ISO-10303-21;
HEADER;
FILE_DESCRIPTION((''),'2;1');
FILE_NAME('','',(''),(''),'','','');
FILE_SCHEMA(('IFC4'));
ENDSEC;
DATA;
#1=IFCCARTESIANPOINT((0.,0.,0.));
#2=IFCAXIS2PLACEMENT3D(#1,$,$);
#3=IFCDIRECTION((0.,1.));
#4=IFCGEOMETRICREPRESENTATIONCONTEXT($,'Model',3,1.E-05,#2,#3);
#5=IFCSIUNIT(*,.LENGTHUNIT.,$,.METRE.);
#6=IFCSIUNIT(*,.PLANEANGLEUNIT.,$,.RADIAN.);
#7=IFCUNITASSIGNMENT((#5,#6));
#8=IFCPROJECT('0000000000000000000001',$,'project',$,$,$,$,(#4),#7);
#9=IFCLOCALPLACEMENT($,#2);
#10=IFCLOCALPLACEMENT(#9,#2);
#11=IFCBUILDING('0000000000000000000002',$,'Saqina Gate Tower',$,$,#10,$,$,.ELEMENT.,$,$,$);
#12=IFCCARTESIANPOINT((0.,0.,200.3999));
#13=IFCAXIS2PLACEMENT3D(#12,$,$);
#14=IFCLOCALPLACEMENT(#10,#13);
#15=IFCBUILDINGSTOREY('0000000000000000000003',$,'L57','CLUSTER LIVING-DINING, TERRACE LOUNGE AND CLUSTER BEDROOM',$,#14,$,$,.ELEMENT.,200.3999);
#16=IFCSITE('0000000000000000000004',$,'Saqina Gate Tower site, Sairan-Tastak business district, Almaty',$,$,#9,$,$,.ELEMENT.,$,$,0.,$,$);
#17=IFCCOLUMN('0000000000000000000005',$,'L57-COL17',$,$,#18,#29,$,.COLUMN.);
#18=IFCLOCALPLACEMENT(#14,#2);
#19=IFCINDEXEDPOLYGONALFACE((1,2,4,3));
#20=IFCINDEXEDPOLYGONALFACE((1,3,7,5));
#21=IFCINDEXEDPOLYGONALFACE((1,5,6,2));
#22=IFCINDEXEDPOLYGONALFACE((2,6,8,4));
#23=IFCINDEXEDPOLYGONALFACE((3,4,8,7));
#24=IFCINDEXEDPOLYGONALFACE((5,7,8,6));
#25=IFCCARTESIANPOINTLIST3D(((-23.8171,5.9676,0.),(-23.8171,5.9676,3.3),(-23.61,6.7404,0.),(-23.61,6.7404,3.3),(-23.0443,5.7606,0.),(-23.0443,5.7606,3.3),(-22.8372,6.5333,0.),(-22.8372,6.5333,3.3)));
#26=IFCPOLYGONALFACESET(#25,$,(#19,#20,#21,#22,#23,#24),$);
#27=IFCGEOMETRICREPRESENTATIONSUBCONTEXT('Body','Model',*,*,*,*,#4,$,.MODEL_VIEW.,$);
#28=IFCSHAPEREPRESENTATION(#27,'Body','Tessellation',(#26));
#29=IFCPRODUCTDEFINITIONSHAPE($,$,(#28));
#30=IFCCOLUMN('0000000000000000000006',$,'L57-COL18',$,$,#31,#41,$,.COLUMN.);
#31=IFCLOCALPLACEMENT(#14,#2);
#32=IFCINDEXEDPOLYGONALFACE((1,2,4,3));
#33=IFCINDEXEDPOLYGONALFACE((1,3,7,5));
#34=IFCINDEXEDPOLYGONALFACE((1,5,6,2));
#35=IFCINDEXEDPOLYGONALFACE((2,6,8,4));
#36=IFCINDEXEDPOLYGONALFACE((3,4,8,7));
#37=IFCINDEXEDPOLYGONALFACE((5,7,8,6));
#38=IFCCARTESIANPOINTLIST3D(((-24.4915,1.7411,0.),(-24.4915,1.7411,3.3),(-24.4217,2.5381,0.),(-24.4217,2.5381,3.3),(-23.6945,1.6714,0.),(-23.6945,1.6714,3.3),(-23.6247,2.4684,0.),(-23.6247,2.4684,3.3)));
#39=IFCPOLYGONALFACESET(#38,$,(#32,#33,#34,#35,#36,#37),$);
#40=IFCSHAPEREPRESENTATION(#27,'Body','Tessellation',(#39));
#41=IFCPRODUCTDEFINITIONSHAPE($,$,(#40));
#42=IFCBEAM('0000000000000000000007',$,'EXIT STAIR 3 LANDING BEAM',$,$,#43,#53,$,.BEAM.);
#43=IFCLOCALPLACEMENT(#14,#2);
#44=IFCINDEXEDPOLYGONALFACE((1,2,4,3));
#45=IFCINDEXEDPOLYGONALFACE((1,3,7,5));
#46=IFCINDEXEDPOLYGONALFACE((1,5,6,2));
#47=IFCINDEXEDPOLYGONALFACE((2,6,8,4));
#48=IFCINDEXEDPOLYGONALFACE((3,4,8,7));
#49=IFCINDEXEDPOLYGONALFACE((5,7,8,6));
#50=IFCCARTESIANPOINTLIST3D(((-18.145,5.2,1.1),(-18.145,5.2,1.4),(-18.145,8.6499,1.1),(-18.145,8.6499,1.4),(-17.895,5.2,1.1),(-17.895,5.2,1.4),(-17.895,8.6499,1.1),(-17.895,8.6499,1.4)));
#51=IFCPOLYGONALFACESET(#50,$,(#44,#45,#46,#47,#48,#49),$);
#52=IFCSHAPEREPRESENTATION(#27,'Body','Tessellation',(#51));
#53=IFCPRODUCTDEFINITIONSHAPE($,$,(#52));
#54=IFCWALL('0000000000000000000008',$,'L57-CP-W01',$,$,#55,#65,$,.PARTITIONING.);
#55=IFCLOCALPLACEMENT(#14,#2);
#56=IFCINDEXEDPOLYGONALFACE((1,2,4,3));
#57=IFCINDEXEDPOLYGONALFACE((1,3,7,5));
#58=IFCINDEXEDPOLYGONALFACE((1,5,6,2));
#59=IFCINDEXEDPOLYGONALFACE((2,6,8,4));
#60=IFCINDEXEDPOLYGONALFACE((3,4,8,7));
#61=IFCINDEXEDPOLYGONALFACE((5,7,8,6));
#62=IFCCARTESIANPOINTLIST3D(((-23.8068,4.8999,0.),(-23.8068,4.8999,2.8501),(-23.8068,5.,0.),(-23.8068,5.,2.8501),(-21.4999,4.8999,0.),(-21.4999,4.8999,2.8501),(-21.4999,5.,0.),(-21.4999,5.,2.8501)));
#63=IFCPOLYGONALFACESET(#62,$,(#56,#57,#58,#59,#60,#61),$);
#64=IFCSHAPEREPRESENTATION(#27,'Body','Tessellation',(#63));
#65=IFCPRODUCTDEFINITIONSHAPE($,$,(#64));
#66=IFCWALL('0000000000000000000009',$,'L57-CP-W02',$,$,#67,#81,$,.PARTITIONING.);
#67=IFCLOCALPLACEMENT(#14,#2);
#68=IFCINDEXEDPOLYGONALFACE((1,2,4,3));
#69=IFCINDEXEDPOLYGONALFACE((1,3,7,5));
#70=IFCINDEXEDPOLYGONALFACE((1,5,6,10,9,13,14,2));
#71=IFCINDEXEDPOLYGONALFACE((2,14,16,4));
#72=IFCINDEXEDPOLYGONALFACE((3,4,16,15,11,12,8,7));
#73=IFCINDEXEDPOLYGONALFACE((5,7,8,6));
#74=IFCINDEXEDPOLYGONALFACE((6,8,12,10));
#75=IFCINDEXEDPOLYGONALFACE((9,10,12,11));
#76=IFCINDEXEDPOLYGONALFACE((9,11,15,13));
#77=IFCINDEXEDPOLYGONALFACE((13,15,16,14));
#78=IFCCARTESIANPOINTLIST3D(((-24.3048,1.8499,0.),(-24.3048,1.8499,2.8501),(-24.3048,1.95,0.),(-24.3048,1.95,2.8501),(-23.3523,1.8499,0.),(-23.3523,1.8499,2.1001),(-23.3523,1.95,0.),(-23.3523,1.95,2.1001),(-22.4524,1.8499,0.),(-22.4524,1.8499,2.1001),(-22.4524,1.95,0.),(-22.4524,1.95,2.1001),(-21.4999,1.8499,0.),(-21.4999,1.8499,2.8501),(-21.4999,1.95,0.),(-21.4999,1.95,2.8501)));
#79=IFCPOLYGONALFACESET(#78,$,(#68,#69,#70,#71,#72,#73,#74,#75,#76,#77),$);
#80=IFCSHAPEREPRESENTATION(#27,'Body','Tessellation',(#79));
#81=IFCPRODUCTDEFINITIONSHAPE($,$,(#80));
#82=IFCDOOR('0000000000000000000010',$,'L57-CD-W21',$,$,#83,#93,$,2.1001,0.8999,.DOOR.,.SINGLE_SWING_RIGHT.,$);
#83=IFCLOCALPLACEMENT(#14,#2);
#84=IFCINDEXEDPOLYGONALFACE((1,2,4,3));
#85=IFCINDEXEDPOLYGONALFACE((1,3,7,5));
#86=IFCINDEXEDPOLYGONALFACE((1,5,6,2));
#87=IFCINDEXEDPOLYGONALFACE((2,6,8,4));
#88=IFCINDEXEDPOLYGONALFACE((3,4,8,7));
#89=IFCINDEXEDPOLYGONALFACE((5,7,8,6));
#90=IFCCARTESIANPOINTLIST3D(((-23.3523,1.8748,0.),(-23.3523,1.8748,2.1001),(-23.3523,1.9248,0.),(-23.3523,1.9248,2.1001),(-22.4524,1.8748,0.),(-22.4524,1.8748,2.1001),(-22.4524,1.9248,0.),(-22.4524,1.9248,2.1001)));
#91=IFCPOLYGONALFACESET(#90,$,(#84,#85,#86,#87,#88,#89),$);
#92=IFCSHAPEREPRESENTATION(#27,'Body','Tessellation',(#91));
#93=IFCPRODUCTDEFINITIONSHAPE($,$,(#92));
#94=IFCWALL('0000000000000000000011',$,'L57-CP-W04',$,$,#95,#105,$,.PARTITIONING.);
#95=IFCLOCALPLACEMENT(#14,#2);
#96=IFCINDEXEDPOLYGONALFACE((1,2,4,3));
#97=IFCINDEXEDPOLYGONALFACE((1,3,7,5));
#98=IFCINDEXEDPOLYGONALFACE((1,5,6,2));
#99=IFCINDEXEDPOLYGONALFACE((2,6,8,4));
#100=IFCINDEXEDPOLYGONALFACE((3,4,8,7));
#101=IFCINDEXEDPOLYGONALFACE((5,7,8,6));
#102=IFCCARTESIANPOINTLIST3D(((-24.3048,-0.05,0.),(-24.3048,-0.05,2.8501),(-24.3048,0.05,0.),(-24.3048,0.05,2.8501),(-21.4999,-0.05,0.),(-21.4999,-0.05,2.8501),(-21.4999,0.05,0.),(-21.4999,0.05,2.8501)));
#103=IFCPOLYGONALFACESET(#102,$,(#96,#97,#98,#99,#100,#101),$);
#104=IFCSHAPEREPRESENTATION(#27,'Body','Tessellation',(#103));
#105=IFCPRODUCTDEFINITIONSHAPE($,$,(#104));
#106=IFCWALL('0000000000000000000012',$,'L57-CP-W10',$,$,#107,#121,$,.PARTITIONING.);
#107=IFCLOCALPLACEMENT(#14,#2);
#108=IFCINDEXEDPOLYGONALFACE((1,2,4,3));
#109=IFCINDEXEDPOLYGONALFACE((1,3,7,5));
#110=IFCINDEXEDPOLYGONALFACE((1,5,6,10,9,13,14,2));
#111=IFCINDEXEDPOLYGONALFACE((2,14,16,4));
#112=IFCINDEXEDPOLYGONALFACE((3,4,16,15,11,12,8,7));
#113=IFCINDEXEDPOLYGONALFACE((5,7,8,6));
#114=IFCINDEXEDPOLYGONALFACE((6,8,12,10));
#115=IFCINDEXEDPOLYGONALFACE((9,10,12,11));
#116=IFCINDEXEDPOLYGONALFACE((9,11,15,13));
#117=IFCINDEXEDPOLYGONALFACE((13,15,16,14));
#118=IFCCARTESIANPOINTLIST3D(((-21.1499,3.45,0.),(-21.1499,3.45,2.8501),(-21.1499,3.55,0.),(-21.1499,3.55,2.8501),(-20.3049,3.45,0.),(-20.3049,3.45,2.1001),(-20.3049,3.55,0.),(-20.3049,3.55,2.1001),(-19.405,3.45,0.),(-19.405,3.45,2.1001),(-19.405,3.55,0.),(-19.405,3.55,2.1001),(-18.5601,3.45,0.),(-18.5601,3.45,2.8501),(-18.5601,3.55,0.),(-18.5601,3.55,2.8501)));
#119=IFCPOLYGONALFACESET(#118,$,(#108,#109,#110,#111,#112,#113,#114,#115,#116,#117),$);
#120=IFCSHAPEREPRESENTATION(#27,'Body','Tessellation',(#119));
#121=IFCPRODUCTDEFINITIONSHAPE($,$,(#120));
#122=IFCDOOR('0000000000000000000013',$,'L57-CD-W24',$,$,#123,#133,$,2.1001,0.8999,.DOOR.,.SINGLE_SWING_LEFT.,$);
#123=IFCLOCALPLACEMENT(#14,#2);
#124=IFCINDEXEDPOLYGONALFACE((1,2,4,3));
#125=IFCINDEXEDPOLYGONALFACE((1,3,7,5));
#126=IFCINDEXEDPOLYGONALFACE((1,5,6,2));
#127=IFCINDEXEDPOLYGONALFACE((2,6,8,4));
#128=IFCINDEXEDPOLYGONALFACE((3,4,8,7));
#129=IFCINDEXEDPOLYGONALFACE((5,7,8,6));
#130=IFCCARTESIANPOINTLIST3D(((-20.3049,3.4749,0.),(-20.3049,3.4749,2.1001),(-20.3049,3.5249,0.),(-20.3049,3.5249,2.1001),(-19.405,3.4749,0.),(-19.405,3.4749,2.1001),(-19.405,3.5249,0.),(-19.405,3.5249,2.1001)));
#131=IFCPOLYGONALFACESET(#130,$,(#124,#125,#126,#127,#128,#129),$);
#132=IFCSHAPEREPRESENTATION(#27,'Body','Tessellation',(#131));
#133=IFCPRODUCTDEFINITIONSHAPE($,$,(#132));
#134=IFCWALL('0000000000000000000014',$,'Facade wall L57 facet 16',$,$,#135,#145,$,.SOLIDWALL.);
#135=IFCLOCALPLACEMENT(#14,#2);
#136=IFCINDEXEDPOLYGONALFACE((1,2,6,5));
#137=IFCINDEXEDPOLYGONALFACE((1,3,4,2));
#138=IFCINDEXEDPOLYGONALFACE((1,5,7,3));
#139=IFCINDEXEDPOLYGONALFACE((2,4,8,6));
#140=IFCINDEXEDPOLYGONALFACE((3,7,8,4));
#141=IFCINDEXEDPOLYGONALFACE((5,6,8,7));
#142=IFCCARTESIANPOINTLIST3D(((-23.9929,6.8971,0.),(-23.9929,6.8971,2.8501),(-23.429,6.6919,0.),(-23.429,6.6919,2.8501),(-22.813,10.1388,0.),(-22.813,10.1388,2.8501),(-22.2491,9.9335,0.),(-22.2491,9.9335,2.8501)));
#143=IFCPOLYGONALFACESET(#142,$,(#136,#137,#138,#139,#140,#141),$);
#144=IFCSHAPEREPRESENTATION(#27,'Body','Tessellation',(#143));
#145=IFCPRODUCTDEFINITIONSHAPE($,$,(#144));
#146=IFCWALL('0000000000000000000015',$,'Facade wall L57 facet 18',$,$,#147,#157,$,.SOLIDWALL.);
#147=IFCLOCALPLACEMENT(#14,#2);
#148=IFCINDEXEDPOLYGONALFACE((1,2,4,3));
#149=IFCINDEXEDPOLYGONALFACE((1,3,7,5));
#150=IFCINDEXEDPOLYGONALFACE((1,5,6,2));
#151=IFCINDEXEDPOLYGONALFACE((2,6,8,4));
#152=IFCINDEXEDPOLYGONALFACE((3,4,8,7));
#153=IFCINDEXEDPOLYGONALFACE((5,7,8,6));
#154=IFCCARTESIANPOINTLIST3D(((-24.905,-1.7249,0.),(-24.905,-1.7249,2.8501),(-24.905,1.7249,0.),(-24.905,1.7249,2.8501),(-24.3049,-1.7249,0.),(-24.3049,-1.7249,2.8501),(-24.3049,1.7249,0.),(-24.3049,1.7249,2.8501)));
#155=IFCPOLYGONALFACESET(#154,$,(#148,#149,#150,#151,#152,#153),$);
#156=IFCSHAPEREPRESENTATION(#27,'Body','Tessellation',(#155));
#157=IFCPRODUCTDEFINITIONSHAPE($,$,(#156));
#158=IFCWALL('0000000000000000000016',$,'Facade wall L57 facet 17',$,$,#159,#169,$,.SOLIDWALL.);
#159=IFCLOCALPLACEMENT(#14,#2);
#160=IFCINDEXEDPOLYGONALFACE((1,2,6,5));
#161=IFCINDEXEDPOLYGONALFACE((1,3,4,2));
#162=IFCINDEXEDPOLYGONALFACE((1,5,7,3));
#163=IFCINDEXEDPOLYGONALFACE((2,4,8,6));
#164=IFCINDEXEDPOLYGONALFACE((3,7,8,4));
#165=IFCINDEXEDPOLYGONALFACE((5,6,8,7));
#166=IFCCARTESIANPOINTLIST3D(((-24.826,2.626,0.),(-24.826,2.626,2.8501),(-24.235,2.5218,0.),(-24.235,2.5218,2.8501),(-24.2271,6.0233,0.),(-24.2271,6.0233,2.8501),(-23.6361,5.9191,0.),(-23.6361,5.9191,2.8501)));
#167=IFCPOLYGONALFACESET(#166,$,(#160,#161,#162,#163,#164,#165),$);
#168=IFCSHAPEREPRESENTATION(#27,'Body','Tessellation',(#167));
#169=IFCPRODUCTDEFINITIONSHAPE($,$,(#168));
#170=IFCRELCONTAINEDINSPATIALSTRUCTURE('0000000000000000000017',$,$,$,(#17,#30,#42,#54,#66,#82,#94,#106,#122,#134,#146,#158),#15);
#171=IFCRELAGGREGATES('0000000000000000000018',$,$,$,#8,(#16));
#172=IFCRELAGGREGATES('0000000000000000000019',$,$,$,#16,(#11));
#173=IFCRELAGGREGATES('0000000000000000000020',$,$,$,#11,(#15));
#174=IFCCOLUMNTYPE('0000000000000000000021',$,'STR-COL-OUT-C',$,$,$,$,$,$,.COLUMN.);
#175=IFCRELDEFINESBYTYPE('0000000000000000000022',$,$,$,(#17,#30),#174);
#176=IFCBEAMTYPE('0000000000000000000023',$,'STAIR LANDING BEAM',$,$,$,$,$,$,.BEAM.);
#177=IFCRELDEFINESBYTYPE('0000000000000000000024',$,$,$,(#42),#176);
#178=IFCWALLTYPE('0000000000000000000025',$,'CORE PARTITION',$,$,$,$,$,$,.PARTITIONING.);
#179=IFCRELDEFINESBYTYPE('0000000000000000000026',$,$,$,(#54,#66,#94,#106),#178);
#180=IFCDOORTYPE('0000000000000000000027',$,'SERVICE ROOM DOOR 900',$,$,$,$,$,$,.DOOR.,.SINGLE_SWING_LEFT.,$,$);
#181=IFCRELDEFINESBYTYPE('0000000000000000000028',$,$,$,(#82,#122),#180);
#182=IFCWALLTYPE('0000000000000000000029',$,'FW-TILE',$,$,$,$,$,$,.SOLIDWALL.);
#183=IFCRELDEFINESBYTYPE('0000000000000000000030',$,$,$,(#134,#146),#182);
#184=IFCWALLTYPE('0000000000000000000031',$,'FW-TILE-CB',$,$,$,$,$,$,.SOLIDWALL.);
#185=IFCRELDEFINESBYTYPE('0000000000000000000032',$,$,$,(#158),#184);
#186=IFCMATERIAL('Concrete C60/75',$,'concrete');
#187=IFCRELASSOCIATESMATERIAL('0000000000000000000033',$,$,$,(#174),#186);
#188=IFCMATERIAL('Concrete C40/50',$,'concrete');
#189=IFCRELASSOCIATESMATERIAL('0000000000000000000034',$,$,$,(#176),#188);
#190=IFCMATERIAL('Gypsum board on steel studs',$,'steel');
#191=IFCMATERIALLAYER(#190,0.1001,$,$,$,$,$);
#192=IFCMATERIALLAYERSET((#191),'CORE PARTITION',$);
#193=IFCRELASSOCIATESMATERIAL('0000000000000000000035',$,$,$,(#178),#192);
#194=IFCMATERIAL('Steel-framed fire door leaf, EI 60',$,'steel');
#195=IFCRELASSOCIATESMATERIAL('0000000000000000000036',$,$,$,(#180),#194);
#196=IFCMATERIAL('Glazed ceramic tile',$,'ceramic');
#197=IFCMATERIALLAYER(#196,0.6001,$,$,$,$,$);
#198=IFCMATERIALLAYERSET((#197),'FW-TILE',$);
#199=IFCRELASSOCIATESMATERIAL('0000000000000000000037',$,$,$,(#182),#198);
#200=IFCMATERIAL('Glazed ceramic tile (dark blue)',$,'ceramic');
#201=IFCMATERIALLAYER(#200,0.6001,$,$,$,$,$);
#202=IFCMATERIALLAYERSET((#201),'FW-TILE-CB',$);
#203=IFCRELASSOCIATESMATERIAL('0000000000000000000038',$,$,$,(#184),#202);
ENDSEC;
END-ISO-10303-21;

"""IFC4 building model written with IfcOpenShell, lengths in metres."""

from ifc_helpers import new_model, si_unit, direction, frame, frame_2d, origin, origin_2d, place, context, subcontext, project, spatial, rectangle, extrude, material, layer, layer_set, material_profile, profile_set, type_object, element, fill, save


model = new_model("IFC4")

# Units and contexts
model_context = context("Model", 3, precision=1e-05, world=origin(), true_north=direction((0.0, 1.0)))
body_context = subcontext(model_context, "Body", "Model", "MODEL_VIEW")
ifc_project = project(units=[si_unit("LENGTHUNIT", "METRE"), si_unit("PLANEANGLEUNIT", "RADIAN")], contexts=[model_context])

# Site, building, storey
site_placement = place(None, origin())
site = spatial("IfcSite", under=ifc_project, at=site_placement, Name="Saqina Gate Tower site, Sairan-Tastak business district, Almaty", CompositionType="ELEMENT", RefElevation=0.0)
building_placement = place(site_placement, origin())
building = spatial("IfcBuilding", under=site, at=building_placement, Name="Saqina Gate Tower", CompositionType="ELEMENT")
storey_placement = place(building_placement, frame((0.0, 0.0, 200.3999)))
storey = spatial("IfcBuildingStorey", under=building, at=storey_placement, Name="L57", Description="CLUSTER LIVING-DINING, TERRACE LOUNGE AND CLUSTER BEDROOM", CompositionType="ELEMENT", Elevation=200.3999)

# Columns
ifc_material_1 = material(Name="Concrete C60/75", Category="concrete")
ifc_material_profile_1 = material_profile(ifc_material_1, rectangle(XDim=0.8, YDim=0.8, at=origin_2d()), Name="RC 800x800")
ifc_profile_set_1 = profile_set([ifc_material_profile_1], Name="Concrete C60/75")
column_type = type_object("IfcColumnType", Name="STR-COL-OUT-C", PredefinedType="COLUMN", material=ifc_profile_set_1)
for number, where, z_axis, x_axis, name in (
    (1, (-23.3271, 6.2505, 0.0), (0.0, 0.0, 1.0), (-0.965926, 0.258819, 0.0), "L57-COL17"),
    (2, (-24.0581, 2.1047, 0.0), (0.0, 0.0, 1.0), (-0.996195, 0.087156, 0.0), "L57-COL18"),
):
    element("IfcColumn", number, at=place(storey_placement, frame(where, z_axis=z_axis, x_axis=x_axis)), inside=storey, type_object=column_type, Name=name, PredefinedType="COLUMN", context=body_context, shape_type="SweptSolid", body=[
        extrude(rectangle(XDim=0.8, YDim=0.8, at=origin_2d()), origin(), (0.0, 0.0, 1.0), 3.3),
    ])

# Beam
ifc_material_2 = material(Name="Concrete C40/50", Category="concrete")
ifc_material_profile_2 = material_profile(ifc_material_2, rectangle(XDim=0.25, YDim=0.3, at=origin_2d()), Name="STAIR LANDING BEAM")
ifc_profile_set_2 = profile_set([ifc_material_profile_2], Name="Concrete C40/50")
beam_type = type_object("IfcBeamType", Name="STAIR LANDING BEAM", PredefinedType="BEAM", material=ifc_profile_set_2)
beam_placement = place(storey_placement, frame((-18.02, 5.2, 1.25), z_axis=(0.0, 1.0, 0.0), x_axis=(-1.0, 0.0, 0.0)))
element("IfcBeam", 3, at=beam_placement, inside=storey, type_object=beam_type, Name="EXIT STAIR 3 LANDING BEAM", PredefinedType="BEAM", context=body_context, shape_type="SweptSolid", body=[
    extrude(rectangle(XDim=0.25, YDim=0.3, at=origin_2d()), origin(), (0.0, 0.0, 1.0), 3.45),
])

# Wall
ifc_material_3 = material(Name="Gypsum board on steel studs", Category="steel")
ifc_layer_1 = layer(ifc_material_3, 0.1001)
ifc_layer_set_1 = layer_set([ifc_layer_1], Name="CORE PARTITION")
wall_type_1 = type_object("IfcWallType", Name="CORE PARTITION", PredefinedType="PARTITIONING", material=ifc_layer_set_1)
wall_1_placement = place(storey_placement, frame((-21.5, 4.95, 0.0), z_axis=(0.0, 0.0, 1.0), x_axis=(-1.0, 0.0, 0.0)))
element("IfcWall", 4, at=wall_1_placement, inside=storey, type_object=wall_type_1, Name="L57-CP-W01", PredefinedType="PARTITIONING", context=body_context, shape_type="SweptSolid", body=[
    extrude(rectangle(XDim=2.3069, YDim=0.1001, at=frame_2d((1.1533, 0.0))), origin(), (0.0, 0.0, 1.0), 2.8501),
])

# Wall, opening, door
wall_2_placement = place(storey_placement, frame((-21.5, 1.8999, 0.0), z_axis=(0.0, 0.0, 1.0), x_axis=(-1.0, 0.0, 0.0)))
wall_2 = element("IfcWall", 5, at=wall_2_placement, inside=storey, type_object=wall_type_1, Name="L57-CP-W02", PredefinedType="PARTITIONING", context=body_context, shape_type="SweptSolid", body=[
    extrude(rectangle(XDim=2.8049, YDim=0.1001, at=frame_2d((1.4023, 0.0))), origin(), (0.0, 0.0, 1.0), 2.8501),
])
opening_1_placement = place(wall_2_placement, frame((0.9524, 0.0, 0.0)))
opening_1 = element("IfcOpeningElement", 6, at=opening_1_placement, cuts=wall_2, PredefinedType="OPENING", context=body_context, shape_type="SweptSolid", body=[
    extrude(rectangle(XDim=0.8999, YDim=2.1001, at=frame_2d((0.45, 1.05))), frame((0.0, 0.062, 0.0), z_axis=(0.0, -1.0, 0.0), x_axis=(1.0, 0.0, 0.0)), (0.0, 0.0, 1.0), 0.124),
])
ifc_material_4 = material(Name="Steel-framed fire door leaf, EI 60", Category="steel")
door_type_1 = type_object("IfcDoorType", Name="SERVICE ROOM DOOR 900", OperationType="SINGLE_SWING_LEFT", PredefinedType="DOOR", material=ifc_material_4)
door_1_placement = place(opening_1_placement, frame((0.8999, 0.0, 0.0), z_axis=(0.0, 0.0, 1.0), x_axis=(-1.0, 0.0, 0.0)))
door_1 = element("IfcDoor", 7, at=door_1_placement, inside=storey, type_object=door_type_1, Name="L57-CD-W21", OperationType="SINGLE_SWING_RIGHT", OverallHeight=2.1001, OverallWidth=0.8999, PredefinedType="DOOR", context=body_context, shape_type="SweptSolid", body=[
    extrude(rectangle(XDim=0.8999, YDim=2.1001, at=frame_2d((0.45, 1.05))), frame((0.0, 0.0249, 0.0), z_axis=(0.0, -1.0, 0.0), x_axis=(1.0, 0.0, 0.0)), (0.0, 0.0, 1.0), 0.05),
])
fill(opening_1, door_1)

# Wall
wall_3_placement = place(storey_placement, frame((-21.5, 0.0, 0.0), z_axis=(0.0, 0.0, 1.0), x_axis=(-1.0, 0.0, 0.0)))
element("IfcWall", 8, at=wall_3_placement, inside=storey, type_object=wall_type_1, Name="L57-CP-W04", PredefinedType="PARTITIONING", context=body_context, shape_type="SweptSolid", body=[
    extrude(rectangle(XDim=2.8049, YDim=0.1001, at=frame_2d((1.4023, 0.0))), origin(), (0.0, 0.0, 1.0), 2.8501),
])

# Wall, opening, door
wall_4_placement = place(storey_placement, frame((-18.5601, 3.5, 0.0), z_axis=(0.0, 0.0, 1.0), x_axis=(-1.0, 0.0, 0.0)))
wall_4 = element("IfcWall", 9, at=wall_4_placement, inside=storey, type_object=wall_type_1, Name="L57-CP-W10", PredefinedType="PARTITIONING", context=body_context, shape_type="SweptSolid", body=[
    extrude(rectangle(XDim=2.5898, YDim=0.1001, at=frame_2d((1.2949, 0.0))), origin(), (0.0, 0.0, 1.0), 2.8501),
])
opening_2_placement = place(wall_4_placement, frame((0.845, 0.0, 0.0)))
opening_2 = element("IfcOpeningElement", 10, at=opening_2_placement, cuts=wall_4, PredefinedType="OPENING", context=body_context, shape_type="SweptSolid", body=[
    extrude(rectangle(XDim=0.8999, YDim=2.1001, at=frame_2d((0.45, 1.05))), frame((0.0, 0.062, 0.0), z_axis=(0.0, -1.0, 0.0), x_axis=(1.0, 0.0, 0.0)), (0.0, 0.0, 1.0), 0.124),
])
door_2_placement = place(opening_2_placement, frame((0.8999, 0.0, 0.0), z_axis=(0.0, 0.0, 1.0), x_axis=(-1.0, 0.0, 0.0)))
door_2 = element("IfcDoor", 11, at=door_2_placement, inside=storey, type_object=door_type_1, Name="L57-CD-W24", OperationType="SINGLE_SWING_LEFT", OverallHeight=2.1001, OverallWidth=0.8999, PredefinedType="DOOR", context=body_context, shape_type="SweptSolid", body=[
    extrude(rectangle(XDim=0.8999, YDim=2.1001, at=frame_2d((0.45, 1.05))), frame((0.0, 0.0249, 0.0), z_axis=(0.0, -1.0, 0.0), x_axis=(1.0, 0.0, 0.0)), (0.0, 0.0, 1.0), 0.05),
])
fill(opening_2, door_2)

# Walls
ifc_material_5 = material(Name="Glazed ceramic tile", Category="ceramic")
ifc_layer_2 = layer(ifc_material_5, 0.6001)
ifc_layer_set_2 = layer_set([ifc_layer_2], Name="FW-TILE")
wall_type_2 = type_object("IfcWallType", Name="FW-TILE", PredefinedType="SOLIDWALL", material=ifc_layer_set_2)
for number, where, z_axis, x_axis, name in (
    (12, (-22.531, 10.0361, 0.0), (0.0, 0.0, 1.0), (-0.342033, -0.939688, 0.0), "Facade wall L57 facet 16"),
    (13, (-24.605, 1.7249, 0.0), (0.0, 0.0, 1.0), (0.0, -1.0, 0.0), "Facade wall L57 facet 18"),
):
    element("IfcWall", number, at=place(storey_placement, frame(where, z_axis=z_axis, x_axis=x_axis)), inside=storey, type_object=wall_type_2, Name=name, PredefinedType="SOLIDWALL", context=body_context, shape_type="SweptSolid", body=[
        extrude(rectangle(XDim=3.4497, YDim=0.6001, at=frame_2d((1.7249, 0.0))), origin(), (0.0, 0.0, 1.0), 2.8501),
    ])
ifc_material_6 = material(Name="Glazed ceramic tile (dark blue)", Category="ceramic")
ifc_layer_3 = layer(ifc_material_6, 0.6001)
ifc_layer_set_3 = layer_set([ifc_layer_3], Name="FW-TILE-CB")
wall_type_3 = type_object("IfcWallType", Name="FW-TILE-CB", PredefinedType="SOLIDWALL", material=ifc_layer_set_3)
wall_5_placement = place(storey_placement, frame((-23.9316, 5.9712, 0.0), z_axis=(0.0, 0.0, 1.0), x_axis=(-0.173608, -0.984815, 0.0)))
element("IfcWall", 14, at=wall_5_placement, inside=storey, type_object=wall_type_3, Name="Facade wall L57 facet 17", PredefinedType="SOLIDWALL", context=body_context, shape_type="SweptSolid", body=[
    extrude(rectangle(XDim=3.4497, YDim=0.6001, at=frame_2d((1.7249, 0.0))), origin(), (0.0, 0.0, 1.0), 2.8501),
])

save(model, "model.ifc")
